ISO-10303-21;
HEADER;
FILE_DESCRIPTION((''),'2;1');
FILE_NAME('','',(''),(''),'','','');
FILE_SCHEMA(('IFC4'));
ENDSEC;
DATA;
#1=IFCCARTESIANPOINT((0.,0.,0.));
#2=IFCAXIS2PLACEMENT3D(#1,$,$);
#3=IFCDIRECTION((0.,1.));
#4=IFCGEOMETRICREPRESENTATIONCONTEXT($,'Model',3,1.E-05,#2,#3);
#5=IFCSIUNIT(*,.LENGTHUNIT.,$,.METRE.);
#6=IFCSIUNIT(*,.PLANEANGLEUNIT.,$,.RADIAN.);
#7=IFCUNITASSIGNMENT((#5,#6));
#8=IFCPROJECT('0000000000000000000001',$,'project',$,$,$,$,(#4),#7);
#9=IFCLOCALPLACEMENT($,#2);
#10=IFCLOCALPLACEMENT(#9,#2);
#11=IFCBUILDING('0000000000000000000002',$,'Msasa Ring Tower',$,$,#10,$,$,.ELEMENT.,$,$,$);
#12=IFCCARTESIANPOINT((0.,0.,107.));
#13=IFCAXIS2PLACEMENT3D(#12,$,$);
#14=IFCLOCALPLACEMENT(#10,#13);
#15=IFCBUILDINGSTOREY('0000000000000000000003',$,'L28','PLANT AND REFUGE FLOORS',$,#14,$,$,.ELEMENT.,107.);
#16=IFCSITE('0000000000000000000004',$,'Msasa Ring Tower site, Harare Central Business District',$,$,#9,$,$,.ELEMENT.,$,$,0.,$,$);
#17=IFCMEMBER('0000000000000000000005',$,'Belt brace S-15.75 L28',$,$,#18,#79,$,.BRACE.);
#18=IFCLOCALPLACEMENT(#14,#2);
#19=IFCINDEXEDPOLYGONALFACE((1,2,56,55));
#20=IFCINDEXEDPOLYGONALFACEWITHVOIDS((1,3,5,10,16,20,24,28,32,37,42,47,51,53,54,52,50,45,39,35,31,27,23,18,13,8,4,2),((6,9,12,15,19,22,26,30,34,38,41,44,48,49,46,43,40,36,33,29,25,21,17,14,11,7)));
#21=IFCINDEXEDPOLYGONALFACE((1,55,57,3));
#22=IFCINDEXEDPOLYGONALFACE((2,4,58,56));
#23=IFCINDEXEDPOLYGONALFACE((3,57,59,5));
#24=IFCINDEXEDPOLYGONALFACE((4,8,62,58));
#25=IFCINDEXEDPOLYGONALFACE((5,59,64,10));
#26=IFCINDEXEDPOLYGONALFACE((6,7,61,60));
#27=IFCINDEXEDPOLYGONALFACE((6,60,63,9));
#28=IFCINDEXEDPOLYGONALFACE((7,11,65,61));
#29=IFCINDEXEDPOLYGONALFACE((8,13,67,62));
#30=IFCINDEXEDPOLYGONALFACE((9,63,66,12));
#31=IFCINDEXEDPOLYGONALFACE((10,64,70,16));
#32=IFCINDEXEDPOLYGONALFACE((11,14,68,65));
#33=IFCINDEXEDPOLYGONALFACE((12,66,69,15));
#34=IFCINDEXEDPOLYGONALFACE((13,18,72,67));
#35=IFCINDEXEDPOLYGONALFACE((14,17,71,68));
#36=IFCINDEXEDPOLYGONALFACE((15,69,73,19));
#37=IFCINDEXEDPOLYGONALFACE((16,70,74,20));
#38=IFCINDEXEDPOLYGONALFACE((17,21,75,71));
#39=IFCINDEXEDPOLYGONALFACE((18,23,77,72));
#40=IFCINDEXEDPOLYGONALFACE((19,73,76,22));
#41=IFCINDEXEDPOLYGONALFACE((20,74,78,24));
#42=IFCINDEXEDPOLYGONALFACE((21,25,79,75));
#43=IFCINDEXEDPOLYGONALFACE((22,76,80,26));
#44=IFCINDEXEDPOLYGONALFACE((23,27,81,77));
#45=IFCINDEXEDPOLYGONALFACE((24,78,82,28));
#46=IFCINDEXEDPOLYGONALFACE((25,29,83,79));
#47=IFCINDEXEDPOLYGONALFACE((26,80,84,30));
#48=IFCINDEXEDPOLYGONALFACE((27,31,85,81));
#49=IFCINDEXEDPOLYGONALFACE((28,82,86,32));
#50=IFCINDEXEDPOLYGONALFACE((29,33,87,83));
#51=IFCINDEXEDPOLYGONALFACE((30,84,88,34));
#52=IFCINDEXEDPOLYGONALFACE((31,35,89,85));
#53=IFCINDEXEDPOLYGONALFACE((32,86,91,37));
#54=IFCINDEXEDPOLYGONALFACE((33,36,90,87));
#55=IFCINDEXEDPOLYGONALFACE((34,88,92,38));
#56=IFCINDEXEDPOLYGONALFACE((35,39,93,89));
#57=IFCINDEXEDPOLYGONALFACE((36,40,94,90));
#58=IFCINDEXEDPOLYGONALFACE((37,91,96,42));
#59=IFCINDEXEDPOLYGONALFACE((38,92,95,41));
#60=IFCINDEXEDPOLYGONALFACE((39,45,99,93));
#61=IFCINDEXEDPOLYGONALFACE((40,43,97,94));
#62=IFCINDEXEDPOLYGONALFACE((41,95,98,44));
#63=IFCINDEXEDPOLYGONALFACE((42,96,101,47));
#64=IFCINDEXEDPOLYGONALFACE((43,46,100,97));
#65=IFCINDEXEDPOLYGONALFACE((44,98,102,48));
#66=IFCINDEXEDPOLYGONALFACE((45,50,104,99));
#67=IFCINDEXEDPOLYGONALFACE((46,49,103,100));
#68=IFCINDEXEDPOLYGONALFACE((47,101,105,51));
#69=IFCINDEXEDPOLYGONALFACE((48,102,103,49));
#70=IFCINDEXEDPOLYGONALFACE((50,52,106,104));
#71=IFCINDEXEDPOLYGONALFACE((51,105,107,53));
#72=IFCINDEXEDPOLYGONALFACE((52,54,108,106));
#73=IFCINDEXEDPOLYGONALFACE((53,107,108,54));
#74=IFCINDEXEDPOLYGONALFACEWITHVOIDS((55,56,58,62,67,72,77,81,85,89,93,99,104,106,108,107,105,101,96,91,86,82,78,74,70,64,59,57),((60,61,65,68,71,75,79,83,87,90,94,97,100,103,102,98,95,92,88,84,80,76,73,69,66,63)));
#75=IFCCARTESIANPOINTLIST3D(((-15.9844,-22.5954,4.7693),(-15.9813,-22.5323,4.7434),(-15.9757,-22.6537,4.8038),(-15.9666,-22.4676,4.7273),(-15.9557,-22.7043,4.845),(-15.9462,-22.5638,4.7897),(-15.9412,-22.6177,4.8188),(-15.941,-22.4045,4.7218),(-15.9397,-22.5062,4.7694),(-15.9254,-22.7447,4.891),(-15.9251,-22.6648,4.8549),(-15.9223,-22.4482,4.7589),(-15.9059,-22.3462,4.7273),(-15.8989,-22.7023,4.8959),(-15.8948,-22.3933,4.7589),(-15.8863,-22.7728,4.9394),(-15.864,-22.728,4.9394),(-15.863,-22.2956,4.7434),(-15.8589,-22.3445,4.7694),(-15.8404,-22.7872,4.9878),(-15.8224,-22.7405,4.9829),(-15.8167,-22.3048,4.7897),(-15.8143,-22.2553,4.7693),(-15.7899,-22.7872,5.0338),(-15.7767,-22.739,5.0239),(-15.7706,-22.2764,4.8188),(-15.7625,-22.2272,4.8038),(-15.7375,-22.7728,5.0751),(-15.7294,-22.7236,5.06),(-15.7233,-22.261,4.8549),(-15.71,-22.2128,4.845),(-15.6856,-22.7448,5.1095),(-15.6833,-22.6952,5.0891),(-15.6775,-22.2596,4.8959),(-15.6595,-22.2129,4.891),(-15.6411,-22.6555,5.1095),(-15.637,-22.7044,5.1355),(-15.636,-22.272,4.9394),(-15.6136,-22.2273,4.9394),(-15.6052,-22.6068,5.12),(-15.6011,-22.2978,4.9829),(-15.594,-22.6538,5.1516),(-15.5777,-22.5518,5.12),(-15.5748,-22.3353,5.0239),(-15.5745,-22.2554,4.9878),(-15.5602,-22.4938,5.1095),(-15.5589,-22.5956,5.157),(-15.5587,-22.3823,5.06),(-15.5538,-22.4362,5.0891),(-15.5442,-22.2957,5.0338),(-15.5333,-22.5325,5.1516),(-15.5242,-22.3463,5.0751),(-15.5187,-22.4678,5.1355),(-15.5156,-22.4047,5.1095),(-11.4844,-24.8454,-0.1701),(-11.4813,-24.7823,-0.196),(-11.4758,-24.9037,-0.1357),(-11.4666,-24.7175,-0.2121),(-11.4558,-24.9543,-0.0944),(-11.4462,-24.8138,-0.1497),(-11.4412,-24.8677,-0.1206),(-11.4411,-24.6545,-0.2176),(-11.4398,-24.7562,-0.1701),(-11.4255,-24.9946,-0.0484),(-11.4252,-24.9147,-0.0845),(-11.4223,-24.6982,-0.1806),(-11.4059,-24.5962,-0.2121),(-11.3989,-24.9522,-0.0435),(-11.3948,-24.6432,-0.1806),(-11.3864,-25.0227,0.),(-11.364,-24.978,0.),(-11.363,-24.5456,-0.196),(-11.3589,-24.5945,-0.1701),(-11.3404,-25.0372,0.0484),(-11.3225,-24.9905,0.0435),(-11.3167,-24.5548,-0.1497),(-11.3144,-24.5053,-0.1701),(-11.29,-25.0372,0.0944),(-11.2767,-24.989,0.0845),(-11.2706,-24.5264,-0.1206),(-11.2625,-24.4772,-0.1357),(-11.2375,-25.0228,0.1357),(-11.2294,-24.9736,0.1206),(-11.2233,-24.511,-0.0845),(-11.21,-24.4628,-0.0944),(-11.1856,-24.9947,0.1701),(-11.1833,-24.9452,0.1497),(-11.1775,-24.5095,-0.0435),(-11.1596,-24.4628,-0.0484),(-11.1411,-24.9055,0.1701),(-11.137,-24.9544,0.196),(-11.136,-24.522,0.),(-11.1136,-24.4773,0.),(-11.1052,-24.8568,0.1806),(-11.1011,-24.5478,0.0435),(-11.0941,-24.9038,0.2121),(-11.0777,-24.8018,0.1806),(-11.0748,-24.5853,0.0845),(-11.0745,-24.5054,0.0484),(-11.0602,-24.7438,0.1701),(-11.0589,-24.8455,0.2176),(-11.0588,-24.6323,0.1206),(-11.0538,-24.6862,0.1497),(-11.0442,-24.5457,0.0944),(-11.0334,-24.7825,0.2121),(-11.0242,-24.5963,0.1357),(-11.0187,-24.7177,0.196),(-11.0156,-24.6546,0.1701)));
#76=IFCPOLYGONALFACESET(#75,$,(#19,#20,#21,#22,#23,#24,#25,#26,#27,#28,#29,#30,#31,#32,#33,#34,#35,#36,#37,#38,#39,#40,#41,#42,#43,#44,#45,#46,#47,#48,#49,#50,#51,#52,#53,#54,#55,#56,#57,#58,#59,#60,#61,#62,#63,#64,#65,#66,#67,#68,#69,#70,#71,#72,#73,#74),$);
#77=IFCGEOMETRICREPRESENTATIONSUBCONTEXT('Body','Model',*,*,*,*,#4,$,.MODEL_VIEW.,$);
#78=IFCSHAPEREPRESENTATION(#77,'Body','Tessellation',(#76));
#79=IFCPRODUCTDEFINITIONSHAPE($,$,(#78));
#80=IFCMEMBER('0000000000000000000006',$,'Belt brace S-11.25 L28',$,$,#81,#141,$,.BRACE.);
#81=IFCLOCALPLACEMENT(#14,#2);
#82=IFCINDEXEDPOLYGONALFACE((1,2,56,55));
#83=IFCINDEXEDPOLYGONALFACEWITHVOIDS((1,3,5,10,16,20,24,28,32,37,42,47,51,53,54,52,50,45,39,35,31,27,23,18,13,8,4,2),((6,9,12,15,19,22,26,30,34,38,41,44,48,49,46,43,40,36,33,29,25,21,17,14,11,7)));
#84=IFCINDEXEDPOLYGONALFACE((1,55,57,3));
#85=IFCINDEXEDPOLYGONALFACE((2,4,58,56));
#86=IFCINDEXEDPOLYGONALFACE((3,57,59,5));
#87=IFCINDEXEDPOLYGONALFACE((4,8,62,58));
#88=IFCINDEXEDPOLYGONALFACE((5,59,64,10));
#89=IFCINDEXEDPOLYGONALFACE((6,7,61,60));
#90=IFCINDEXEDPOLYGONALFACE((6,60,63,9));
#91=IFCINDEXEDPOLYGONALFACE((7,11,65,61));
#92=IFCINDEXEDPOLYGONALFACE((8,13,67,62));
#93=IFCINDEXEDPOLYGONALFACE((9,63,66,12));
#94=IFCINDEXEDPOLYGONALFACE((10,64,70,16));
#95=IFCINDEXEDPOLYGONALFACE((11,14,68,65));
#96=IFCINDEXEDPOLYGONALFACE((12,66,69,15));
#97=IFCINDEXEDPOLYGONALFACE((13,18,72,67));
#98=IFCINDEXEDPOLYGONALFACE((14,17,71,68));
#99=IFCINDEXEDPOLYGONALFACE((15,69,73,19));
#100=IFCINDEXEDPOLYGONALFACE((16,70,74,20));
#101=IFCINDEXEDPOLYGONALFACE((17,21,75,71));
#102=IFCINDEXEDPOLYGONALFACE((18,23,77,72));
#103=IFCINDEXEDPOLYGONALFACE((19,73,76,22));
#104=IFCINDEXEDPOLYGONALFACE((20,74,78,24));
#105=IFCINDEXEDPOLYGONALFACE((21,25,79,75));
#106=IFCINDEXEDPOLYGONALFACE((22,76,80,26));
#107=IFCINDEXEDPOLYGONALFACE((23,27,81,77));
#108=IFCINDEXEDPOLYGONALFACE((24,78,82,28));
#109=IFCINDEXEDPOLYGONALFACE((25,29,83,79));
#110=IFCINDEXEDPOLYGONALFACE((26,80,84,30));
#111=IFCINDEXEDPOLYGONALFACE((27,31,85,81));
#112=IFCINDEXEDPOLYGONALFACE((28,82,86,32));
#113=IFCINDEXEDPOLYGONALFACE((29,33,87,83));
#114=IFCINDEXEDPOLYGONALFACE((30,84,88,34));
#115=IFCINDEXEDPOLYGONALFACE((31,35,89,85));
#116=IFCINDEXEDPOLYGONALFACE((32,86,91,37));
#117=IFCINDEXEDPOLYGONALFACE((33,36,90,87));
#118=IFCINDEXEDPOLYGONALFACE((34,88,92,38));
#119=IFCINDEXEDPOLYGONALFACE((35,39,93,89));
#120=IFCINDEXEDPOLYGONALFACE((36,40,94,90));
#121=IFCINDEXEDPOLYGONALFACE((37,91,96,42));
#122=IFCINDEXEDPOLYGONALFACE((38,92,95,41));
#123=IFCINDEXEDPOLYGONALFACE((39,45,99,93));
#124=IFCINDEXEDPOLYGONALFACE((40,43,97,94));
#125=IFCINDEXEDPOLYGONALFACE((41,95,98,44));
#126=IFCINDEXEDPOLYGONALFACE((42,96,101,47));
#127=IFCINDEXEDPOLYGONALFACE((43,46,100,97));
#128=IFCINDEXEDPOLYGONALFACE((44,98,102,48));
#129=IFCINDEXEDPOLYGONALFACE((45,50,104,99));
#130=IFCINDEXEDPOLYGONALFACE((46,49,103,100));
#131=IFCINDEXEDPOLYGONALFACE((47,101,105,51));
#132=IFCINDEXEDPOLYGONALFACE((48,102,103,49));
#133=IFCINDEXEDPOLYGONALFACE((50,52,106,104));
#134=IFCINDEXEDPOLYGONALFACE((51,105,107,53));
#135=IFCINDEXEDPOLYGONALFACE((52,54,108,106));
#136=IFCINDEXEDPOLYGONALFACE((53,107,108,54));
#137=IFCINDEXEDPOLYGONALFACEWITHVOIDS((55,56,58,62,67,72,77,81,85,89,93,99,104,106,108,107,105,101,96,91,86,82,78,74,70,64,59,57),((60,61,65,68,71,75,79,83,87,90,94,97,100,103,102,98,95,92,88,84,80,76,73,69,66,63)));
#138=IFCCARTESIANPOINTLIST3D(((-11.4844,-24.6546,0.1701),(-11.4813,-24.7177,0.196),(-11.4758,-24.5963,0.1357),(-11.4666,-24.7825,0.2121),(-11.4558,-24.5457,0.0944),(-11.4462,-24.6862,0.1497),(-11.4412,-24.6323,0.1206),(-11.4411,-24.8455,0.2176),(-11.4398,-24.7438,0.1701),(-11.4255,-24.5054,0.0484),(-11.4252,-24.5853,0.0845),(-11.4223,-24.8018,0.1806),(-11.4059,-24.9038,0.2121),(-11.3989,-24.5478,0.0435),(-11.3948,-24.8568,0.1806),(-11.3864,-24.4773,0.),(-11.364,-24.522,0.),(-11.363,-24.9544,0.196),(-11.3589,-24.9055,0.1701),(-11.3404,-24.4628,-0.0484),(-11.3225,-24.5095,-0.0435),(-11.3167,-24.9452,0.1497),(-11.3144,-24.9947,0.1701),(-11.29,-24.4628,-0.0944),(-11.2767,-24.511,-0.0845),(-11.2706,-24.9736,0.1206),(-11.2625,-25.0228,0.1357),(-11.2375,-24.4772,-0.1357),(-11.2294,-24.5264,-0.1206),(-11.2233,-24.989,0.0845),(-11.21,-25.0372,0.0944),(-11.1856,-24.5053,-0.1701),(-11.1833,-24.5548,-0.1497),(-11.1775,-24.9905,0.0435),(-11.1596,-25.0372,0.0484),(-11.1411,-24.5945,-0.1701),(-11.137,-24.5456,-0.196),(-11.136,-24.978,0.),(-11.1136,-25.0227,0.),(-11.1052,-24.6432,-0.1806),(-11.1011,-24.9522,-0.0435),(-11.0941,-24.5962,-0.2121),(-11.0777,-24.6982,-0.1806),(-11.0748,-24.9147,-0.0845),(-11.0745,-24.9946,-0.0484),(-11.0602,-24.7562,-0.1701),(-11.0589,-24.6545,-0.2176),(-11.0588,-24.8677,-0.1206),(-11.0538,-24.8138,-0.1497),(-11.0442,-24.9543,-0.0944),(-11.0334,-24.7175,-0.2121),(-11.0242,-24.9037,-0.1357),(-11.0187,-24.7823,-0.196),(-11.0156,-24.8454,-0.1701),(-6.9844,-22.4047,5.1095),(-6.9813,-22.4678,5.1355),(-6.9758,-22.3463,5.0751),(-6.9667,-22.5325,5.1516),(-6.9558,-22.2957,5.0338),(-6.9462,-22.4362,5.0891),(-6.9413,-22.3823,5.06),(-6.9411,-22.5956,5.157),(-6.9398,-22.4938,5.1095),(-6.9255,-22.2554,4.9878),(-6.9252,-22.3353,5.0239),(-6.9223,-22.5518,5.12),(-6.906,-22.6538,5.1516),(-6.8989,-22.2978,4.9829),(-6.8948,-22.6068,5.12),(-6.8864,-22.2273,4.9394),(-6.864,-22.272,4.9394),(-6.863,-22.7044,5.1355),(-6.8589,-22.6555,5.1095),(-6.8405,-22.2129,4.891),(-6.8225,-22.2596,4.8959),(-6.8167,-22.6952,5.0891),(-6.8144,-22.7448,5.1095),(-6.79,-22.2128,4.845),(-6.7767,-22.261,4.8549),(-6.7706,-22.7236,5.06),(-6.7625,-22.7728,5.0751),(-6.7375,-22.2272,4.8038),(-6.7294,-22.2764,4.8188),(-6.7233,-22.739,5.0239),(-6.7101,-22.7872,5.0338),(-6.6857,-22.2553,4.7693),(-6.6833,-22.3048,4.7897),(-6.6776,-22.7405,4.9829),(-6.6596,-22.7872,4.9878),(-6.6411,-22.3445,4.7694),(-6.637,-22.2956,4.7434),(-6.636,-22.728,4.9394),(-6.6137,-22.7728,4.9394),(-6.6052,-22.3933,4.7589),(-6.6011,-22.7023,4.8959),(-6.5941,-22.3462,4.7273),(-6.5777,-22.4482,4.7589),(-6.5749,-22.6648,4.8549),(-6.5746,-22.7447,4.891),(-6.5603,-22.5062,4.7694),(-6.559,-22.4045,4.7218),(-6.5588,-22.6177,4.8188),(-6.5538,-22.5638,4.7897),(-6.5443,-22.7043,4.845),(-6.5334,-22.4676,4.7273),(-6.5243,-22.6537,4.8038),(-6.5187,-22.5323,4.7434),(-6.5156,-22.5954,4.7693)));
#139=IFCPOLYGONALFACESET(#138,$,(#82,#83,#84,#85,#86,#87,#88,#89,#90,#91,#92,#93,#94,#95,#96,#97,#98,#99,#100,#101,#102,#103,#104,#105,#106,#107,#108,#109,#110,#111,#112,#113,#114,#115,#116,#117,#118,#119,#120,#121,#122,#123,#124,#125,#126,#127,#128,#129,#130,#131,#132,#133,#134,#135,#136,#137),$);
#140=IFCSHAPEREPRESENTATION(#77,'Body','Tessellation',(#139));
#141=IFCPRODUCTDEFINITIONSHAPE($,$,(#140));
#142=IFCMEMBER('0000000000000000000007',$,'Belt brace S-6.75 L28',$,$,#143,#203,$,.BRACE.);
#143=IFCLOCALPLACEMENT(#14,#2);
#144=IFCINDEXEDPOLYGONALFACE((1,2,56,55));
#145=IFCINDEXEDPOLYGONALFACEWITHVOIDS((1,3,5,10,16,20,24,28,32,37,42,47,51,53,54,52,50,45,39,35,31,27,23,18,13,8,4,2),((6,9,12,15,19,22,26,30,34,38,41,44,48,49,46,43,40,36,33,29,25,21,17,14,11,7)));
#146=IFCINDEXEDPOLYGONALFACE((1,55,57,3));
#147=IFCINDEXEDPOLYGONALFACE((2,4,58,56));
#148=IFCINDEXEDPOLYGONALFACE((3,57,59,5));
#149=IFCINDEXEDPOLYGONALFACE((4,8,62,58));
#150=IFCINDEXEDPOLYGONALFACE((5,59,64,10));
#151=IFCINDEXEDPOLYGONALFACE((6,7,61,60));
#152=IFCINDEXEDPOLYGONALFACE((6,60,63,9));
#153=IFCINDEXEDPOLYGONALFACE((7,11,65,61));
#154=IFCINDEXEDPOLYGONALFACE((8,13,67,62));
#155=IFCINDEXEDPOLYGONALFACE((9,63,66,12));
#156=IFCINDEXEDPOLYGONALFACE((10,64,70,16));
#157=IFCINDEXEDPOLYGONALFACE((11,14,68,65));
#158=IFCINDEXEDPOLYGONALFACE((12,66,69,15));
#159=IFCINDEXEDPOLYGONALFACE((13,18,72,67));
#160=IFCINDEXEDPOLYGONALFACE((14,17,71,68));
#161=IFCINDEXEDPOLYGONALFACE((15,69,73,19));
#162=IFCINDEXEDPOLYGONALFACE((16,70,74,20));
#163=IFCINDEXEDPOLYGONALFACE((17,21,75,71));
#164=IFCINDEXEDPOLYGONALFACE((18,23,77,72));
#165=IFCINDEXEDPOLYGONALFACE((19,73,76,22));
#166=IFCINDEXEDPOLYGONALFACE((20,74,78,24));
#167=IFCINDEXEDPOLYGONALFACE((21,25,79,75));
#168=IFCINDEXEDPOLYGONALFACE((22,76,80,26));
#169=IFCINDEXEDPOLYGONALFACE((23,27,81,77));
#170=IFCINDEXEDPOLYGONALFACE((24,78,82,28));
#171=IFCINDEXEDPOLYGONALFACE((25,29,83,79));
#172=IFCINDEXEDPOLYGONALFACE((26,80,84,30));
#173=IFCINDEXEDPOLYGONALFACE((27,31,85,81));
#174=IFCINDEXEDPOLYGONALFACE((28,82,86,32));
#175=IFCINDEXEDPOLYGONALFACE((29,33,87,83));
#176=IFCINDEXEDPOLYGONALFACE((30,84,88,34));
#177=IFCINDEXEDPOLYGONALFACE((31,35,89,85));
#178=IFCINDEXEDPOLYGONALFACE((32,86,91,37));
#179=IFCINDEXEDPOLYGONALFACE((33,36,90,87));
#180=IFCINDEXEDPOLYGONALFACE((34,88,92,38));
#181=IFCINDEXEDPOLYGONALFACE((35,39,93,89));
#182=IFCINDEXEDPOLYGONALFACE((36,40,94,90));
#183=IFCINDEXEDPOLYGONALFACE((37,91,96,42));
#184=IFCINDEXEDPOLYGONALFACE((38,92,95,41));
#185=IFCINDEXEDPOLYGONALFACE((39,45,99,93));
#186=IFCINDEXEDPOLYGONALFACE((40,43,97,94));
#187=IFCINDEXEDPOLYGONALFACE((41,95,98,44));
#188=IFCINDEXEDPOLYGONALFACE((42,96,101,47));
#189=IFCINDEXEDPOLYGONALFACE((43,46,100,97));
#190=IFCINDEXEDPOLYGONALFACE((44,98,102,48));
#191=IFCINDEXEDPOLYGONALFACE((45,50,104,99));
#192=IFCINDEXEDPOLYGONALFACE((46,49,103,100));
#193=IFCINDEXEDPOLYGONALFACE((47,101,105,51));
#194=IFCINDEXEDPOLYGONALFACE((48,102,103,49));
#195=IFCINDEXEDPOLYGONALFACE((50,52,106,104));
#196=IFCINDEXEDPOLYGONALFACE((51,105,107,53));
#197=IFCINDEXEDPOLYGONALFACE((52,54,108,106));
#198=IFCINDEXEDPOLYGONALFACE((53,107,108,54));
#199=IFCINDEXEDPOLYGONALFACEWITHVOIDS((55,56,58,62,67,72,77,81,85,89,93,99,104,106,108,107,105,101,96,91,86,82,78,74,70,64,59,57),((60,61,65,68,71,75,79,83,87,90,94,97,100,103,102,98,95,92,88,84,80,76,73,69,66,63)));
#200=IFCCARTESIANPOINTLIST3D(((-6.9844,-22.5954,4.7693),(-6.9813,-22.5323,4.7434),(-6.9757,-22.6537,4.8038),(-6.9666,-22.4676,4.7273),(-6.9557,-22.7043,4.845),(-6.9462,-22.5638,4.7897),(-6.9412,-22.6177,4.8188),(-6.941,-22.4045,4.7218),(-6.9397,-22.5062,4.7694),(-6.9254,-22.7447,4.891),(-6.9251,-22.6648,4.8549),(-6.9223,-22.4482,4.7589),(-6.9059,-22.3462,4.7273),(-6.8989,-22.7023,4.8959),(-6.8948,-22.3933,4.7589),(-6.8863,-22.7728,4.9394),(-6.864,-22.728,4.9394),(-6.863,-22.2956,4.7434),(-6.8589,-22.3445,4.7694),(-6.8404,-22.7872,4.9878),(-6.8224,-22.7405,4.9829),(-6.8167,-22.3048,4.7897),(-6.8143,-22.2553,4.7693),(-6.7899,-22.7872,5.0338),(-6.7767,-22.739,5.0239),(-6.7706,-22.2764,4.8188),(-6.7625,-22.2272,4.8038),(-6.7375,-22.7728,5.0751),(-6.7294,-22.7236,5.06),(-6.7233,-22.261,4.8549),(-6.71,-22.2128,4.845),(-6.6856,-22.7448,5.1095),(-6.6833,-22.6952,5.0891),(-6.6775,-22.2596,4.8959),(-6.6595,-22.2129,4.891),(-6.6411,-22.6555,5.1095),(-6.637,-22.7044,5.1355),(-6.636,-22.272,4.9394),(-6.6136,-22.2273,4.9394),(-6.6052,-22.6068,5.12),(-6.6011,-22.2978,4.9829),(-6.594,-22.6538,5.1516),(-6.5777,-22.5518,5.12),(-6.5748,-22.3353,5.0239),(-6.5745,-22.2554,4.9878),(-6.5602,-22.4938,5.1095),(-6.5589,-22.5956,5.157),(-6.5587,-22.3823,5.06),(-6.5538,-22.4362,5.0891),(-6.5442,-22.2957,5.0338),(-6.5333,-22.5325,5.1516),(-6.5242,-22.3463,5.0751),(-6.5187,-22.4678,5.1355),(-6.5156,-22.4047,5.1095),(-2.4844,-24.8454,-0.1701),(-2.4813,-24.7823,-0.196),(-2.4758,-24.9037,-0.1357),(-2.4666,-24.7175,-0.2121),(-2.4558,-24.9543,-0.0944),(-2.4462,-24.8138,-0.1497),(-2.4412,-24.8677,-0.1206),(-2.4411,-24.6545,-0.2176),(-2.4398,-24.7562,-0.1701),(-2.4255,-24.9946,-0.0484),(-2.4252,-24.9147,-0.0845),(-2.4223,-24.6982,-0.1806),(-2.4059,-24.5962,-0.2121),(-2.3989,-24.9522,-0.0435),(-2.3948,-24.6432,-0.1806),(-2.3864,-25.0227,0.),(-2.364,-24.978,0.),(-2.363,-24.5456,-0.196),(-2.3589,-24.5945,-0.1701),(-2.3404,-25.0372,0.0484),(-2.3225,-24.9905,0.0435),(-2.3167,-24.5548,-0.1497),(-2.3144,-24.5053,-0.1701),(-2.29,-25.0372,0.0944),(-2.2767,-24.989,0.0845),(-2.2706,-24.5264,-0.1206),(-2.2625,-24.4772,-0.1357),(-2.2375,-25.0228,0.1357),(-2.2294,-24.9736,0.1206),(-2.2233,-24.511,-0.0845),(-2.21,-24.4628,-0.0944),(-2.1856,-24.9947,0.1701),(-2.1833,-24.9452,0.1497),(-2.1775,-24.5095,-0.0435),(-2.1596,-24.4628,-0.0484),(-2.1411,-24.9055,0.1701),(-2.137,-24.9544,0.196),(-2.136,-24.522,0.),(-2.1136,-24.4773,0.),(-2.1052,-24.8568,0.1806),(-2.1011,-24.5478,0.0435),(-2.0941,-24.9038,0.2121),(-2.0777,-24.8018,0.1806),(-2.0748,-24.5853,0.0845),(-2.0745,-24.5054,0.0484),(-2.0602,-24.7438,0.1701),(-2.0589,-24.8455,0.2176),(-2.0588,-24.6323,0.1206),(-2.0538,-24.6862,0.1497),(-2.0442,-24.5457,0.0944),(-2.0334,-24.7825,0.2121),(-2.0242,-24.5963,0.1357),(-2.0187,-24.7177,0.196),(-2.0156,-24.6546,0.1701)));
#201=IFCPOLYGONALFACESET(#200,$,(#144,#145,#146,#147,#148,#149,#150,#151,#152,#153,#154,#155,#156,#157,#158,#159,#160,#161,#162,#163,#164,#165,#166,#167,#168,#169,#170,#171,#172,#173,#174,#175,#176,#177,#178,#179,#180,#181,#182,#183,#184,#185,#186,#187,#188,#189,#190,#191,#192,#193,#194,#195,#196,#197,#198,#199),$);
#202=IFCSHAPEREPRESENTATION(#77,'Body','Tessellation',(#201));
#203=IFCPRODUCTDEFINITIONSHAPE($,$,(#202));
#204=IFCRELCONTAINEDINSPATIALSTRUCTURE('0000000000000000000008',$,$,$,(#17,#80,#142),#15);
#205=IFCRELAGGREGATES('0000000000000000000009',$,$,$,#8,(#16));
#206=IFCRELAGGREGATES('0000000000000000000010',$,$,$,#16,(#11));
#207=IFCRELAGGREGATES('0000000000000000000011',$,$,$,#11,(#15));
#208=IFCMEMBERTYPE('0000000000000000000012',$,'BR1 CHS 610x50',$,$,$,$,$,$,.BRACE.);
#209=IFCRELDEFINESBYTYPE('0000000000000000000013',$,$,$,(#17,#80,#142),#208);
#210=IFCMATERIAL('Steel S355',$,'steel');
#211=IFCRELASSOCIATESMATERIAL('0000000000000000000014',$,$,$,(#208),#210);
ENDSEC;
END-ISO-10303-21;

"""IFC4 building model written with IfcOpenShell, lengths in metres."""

from ifc_helpers import new_model, si_unit, direction, frame, origin, origin_2d, place, context, subcontext, project, spatial, hollow_circle, extrude, material, material_profile, profile_set, type_object, element, save


model = new_model("IFC4")

# Units and contexts
model_context = context("Model", 3, precision=1e-05, world=origin(), true_north=direction((0.0, 1.0)))
body_context = subcontext(model_context, "Body", "Model", "MODEL_VIEW")
ifc_project = project(units=[si_unit("LENGTHUNIT", "METRE"), si_unit("PLANEANGLEUNIT", "RADIAN")], contexts=[model_context])

# Site, building, storey
site_placement = place(None, origin())
site = spatial("IfcSite", under=ifc_project, at=site_placement, Name="Msasa Ring Tower site, Harare Central Business District", CompositionType="ELEMENT", RefElevation=0.0)
building_placement = place(site_placement, origin())
building = spatial("IfcBuilding", under=site, at=building_placement, Name="Msasa Ring Tower", CompositionType="ELEMENT")
storey_placement = place(building_placement, frame((0.0, 0.0, 107.0)))
storey = spatial("IfcBuildingStorey", under=building, at=storey_placement, Name="L28", Description="PLANT AND REFUGE FLOORS", CompositionType="ELEMENT", Elevation=107.0)

# Members
ifc_material_1 = material(Name="Steel S355", Category="steel")
ifc_material_profile_1 = material_profile(ifc_material_1, hollow_circle(Radius=0.3049, WallThickness=0.05, at=origin_2d()), Name="CHS 610x50")
ifc_profile_set_1 = profile_set([ifc_material_profile_1], Name="Steel S355")
member_type = type_object("IfcMemberType", Name="BR1 CHS 610x50", PredefinedType="BRACE", material=ifc_profile_set_1)
for number, where, z_axis, x_axis, name in (
    (1, (-11.25, -24.75, 0.0), (-0.638245, 0.319123, 0.700574), (-0.447214, -0.894427, 0.0), "Belt brace S-15.75 L28"),
    (2, (-11.25, -24.75, 0.0), (0.638245, 0.319123, 0.700574), (-0.447214, 0.894427, 0.0), "Belt brace S-11.25 L28"),
    (3, (-2.25, -24.75, 0.0), (-0.638245, 0.319123, 0.700574), (-0.447214, -0.894427, 0.0), "Belt brace S-6.75 L28"),
):
    element("IfcMember", number, at=place(storey_placement, frame(where, z_axis=z_axis, x_axis=x_axis)), inside=storey, type_object=member_type, Name=name, PredefinedType="BRACE", context=body_context, shape_type="SweptSolid", body=[
        extrude(hollow_circle(Radius=0.3049, WallThickness=0.05, at=origin_2d()), origin(), (0.0, 0.0, 1.0), 7.0505),
    ])

save(model, "model.ifc")
